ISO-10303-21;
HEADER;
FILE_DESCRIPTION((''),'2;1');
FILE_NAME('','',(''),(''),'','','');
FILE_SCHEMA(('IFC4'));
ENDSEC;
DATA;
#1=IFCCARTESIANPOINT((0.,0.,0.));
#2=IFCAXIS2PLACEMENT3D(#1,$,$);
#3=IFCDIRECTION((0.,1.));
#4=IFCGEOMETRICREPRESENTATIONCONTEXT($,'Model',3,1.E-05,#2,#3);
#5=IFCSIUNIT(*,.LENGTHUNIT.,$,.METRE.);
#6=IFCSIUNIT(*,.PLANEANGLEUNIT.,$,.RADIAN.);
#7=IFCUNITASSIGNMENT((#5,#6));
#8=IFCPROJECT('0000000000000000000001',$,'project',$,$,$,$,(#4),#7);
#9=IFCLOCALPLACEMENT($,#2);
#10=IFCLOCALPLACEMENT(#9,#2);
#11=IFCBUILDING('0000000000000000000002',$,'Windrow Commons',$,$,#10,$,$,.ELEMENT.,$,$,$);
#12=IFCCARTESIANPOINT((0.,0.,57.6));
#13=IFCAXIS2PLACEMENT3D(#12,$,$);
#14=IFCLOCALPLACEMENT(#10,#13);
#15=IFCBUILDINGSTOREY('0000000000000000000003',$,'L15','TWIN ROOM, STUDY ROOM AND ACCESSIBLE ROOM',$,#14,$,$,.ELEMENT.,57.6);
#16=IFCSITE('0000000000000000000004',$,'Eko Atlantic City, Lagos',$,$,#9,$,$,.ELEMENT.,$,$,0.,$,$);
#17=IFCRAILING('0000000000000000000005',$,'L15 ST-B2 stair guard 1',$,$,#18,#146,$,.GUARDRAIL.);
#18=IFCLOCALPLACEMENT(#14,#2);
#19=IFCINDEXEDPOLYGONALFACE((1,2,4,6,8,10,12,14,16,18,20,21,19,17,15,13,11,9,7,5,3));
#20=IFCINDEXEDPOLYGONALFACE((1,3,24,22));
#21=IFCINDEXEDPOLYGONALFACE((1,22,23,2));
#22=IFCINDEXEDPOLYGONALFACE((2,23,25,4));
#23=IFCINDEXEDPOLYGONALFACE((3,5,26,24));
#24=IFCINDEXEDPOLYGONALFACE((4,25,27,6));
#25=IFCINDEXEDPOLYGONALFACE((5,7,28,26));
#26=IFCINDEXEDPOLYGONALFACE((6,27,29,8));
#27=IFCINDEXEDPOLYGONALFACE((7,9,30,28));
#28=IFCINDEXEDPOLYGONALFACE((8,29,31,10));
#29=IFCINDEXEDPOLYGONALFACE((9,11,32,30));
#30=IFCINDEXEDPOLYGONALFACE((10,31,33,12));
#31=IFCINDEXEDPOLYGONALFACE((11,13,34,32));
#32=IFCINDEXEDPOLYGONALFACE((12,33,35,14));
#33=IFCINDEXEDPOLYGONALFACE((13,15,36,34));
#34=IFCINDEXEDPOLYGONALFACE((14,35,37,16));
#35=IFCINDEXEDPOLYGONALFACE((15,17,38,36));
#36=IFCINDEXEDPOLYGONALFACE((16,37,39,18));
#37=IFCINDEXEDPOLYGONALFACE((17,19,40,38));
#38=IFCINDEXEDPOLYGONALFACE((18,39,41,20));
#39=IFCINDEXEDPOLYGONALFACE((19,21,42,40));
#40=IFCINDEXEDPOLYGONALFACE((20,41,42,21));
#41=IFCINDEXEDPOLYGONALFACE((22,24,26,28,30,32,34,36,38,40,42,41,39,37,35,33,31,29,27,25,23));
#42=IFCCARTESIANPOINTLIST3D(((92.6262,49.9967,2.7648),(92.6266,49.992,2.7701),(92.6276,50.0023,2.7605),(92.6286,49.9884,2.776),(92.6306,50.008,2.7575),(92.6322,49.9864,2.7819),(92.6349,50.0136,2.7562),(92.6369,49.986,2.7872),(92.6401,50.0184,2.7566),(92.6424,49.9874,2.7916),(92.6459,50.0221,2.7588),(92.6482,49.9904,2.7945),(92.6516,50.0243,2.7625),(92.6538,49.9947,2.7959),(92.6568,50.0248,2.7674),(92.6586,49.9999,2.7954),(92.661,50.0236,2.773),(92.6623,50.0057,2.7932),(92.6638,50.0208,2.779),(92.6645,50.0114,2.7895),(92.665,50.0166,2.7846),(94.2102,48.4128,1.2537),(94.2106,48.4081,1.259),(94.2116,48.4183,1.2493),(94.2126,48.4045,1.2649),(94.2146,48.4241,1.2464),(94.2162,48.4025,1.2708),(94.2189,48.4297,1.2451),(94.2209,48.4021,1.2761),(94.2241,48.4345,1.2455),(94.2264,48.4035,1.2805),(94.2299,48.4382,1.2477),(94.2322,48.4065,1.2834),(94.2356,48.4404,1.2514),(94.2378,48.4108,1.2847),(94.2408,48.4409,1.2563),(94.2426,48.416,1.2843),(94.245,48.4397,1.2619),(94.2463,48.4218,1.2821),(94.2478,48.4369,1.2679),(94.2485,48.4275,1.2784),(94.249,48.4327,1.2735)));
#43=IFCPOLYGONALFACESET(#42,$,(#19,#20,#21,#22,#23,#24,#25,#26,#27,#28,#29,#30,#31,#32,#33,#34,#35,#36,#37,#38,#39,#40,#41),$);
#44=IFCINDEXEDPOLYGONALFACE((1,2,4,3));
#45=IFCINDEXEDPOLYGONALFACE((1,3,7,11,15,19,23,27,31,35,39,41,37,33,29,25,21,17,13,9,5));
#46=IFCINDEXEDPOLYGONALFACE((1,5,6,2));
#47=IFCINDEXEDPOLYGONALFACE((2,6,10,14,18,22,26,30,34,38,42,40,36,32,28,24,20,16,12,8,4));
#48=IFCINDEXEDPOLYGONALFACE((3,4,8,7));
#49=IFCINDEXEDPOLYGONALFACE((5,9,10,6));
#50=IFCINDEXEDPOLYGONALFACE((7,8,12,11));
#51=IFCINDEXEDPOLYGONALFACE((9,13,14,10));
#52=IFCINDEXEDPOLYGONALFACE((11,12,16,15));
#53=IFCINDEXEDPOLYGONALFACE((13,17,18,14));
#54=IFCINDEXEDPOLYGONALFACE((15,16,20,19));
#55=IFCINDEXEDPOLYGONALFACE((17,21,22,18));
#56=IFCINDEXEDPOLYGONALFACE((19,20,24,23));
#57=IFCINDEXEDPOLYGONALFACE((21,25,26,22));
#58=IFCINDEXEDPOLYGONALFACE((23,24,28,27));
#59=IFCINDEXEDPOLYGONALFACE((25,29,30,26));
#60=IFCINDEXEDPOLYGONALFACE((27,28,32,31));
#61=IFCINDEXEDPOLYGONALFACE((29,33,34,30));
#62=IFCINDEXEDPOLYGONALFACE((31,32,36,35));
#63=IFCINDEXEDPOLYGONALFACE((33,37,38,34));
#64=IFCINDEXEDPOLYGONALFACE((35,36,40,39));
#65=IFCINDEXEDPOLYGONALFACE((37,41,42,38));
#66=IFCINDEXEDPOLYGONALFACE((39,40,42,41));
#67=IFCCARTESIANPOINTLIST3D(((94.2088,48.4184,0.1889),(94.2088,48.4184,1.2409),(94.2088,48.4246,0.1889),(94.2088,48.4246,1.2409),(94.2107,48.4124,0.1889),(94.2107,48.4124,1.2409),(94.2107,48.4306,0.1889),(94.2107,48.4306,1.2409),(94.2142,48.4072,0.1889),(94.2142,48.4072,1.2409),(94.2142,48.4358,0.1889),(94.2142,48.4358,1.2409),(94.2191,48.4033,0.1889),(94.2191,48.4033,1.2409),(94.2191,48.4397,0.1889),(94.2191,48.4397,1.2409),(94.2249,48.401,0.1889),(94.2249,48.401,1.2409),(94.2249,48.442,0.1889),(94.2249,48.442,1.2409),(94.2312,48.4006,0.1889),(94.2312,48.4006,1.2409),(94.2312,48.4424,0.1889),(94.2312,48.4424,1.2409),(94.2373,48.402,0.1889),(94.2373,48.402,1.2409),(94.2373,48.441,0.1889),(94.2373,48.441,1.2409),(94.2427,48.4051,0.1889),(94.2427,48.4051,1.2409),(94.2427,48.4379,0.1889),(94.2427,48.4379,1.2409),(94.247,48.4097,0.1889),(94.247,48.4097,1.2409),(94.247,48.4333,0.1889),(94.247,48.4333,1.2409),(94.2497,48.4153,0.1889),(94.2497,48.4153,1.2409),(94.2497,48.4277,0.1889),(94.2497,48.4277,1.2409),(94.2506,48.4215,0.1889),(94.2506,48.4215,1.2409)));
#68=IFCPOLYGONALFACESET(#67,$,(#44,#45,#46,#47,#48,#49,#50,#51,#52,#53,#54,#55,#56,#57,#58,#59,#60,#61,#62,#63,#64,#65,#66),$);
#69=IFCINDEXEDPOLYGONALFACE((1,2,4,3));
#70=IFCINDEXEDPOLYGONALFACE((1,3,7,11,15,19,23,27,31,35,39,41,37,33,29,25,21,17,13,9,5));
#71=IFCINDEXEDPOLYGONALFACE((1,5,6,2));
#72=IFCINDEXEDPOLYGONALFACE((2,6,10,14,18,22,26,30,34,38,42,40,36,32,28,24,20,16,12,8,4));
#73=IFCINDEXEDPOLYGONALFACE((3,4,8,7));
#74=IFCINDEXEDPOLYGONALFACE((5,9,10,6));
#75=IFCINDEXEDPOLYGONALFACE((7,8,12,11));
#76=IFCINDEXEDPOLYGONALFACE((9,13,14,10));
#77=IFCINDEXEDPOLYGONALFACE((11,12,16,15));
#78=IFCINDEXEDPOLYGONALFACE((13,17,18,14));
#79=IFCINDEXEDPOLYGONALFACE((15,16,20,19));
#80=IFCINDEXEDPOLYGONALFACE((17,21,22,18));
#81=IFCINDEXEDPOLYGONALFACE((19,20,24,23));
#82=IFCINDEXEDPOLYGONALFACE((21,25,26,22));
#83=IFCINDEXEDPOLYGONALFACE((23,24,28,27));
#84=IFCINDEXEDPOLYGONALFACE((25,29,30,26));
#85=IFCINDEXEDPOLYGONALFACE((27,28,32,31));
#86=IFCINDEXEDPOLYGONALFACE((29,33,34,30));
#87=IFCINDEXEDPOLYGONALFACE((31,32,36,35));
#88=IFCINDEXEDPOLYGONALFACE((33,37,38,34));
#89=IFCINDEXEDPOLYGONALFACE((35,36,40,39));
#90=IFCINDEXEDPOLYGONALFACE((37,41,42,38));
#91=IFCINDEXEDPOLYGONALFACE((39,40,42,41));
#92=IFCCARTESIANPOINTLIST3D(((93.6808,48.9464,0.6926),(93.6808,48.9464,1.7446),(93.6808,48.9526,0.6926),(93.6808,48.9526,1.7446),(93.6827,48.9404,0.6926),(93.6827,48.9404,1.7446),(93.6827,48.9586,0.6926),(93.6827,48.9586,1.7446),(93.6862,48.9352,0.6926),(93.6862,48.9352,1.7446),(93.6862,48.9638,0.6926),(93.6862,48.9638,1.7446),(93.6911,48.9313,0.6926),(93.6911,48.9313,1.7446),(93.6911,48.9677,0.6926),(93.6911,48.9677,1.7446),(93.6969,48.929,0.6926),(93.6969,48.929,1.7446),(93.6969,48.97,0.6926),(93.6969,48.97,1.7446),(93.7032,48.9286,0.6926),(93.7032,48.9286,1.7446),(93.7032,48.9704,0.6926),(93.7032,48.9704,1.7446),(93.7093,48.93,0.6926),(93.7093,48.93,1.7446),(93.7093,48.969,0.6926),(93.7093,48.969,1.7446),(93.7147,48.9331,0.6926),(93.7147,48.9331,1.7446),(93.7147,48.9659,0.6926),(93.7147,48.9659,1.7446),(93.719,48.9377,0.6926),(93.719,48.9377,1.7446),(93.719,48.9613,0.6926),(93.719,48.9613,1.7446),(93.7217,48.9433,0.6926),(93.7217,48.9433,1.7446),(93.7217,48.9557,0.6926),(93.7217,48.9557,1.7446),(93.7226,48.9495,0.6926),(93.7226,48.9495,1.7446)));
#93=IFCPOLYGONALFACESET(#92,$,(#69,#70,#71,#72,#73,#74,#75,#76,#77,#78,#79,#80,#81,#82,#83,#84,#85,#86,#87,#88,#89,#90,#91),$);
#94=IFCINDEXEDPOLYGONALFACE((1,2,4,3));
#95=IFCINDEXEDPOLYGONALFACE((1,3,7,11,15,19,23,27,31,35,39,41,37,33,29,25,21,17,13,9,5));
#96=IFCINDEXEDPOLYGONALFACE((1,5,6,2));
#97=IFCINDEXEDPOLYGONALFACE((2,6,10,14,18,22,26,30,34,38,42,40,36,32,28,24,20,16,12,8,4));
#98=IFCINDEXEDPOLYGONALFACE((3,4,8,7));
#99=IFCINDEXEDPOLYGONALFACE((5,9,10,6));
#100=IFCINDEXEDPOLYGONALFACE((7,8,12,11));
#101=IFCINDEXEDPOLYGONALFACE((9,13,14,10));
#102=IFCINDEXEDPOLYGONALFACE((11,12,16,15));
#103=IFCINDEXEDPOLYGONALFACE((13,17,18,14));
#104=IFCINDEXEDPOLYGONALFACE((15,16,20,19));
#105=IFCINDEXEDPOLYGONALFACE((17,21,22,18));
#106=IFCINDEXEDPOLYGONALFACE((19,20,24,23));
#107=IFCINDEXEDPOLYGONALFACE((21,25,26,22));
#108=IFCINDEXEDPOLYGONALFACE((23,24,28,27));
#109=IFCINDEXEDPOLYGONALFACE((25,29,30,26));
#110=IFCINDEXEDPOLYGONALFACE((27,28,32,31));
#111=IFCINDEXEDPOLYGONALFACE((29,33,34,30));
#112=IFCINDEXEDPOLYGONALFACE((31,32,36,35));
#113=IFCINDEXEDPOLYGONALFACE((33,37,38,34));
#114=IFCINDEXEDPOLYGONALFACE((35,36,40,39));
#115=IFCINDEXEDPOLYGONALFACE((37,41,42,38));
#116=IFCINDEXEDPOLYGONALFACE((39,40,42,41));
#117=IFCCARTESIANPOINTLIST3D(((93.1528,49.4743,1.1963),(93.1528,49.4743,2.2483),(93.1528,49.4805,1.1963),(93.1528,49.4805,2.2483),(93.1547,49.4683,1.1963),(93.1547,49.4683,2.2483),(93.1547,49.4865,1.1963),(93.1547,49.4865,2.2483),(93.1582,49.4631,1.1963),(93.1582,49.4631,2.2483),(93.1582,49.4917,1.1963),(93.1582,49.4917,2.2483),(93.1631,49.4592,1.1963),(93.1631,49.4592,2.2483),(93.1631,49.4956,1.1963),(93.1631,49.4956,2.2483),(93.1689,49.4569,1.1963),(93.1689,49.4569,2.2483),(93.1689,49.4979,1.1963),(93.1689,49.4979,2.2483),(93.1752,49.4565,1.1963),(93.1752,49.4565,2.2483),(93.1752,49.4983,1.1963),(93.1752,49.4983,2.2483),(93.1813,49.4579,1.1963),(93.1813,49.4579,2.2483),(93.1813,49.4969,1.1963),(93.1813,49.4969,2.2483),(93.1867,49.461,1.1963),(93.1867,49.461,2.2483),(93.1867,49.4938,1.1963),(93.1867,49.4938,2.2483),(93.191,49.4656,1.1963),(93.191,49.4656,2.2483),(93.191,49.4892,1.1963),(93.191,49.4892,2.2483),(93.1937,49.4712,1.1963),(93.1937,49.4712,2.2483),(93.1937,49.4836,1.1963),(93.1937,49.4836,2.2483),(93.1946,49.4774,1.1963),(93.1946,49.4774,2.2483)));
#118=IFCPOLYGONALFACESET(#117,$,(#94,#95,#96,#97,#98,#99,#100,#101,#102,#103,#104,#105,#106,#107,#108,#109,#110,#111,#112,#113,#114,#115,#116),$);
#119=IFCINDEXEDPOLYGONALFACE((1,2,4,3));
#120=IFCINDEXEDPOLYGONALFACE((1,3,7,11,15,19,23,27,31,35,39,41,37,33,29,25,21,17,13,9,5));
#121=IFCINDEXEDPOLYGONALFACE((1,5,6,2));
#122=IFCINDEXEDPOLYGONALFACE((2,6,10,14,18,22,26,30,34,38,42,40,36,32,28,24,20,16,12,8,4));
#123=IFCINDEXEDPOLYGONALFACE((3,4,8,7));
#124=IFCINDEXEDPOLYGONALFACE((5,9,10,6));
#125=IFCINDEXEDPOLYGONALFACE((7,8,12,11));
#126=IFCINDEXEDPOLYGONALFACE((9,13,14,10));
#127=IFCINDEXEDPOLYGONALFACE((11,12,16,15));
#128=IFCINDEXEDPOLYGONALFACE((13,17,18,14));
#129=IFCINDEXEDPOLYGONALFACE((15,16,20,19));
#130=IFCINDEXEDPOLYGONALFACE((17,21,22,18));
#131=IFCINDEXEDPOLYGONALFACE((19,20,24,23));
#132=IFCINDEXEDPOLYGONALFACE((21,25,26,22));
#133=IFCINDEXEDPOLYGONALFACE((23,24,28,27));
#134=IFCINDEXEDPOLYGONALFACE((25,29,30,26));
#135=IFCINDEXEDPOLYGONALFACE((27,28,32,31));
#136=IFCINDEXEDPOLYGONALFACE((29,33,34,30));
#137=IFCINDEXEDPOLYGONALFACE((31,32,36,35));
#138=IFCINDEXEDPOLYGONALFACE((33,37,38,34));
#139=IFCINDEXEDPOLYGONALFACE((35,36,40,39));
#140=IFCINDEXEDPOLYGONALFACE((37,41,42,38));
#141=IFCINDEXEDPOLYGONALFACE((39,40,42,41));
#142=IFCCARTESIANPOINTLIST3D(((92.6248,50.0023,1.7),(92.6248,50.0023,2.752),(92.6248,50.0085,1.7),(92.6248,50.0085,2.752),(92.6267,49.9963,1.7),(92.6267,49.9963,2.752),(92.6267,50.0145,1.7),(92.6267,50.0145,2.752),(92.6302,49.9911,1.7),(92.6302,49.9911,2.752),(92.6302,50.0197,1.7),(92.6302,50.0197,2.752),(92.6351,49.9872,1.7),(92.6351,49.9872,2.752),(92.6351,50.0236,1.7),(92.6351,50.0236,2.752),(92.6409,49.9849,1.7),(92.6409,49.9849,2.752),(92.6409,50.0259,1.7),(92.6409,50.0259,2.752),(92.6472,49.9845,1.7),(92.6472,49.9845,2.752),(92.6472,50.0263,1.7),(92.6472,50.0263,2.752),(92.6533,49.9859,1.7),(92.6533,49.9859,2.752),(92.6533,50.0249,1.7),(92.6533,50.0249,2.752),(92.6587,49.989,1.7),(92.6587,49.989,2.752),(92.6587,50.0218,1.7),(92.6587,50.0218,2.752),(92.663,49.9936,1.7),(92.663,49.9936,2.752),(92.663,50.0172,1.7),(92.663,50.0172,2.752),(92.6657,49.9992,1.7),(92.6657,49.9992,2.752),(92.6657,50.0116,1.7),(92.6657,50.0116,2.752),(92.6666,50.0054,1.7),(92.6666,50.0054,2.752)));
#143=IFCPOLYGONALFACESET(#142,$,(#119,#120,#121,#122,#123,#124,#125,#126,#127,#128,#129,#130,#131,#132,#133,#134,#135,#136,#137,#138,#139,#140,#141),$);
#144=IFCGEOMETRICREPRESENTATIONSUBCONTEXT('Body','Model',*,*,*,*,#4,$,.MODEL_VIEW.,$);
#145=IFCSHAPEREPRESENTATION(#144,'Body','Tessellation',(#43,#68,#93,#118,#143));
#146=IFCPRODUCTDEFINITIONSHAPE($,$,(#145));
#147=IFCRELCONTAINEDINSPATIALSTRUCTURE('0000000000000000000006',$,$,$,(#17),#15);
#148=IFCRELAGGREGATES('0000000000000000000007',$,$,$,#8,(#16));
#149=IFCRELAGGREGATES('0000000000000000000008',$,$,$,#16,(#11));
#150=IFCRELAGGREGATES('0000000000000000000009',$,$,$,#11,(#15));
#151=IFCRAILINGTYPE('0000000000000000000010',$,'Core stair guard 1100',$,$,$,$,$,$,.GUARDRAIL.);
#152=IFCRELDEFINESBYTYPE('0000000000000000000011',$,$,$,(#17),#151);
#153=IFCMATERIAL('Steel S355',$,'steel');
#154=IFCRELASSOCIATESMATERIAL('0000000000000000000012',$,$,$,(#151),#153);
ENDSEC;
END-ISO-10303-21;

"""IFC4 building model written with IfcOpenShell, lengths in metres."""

from ifc_helpers import new_model, si_unit, direction, frame, origin, origin_2d, place, context, subcontext, project, spatial, circle, extrude, material, type_object, element, save


model = new_model("IFC4")

# Units and contexts
model_context = context("Model", 3, precision=1e-05, world=origin(), true_north=direction((0.0, 1.0)))
body_context = subcontext(model_context, "Body", "Model", "MODEL_VIEW")
ifc_project = project(units=[si_unit("LENGTHUNIT", "METRE"), si_unit("PLANEANGLEUNIT", "RADIAN")], contexts=[model_context])

# Site, building, storey
site_placement = place(None, origin())
site = spatial("IfcSite", under=ifc_project, at=site_placement, Name="Eko Atlantic City, Lagos", CompositionType="ELEMENT", RefElevation=0.0)
building_placement = place(site_placement, origin())
building = spatial("IfcBuilding", under=site, at=building_placement, Name="Windrow Commons", CompositionType="ELEMENT")
storey_placement = place(building_placement, frame((0.0, 0.0, 57.6)))
storey = spatial("IfcBuildingStorey", under=building, at=storey_placement, Name="L15", Description="TWIN ROOM, STUDY ROOM AND ACCESSIBLE ROOM", CompositionType="ELEMENT", Elevation=57.6)

# Railing
ifc_material_1 = material(Name="Steel S355", Category="steel")
railing_type = type_object("IfcRailingType", Name="Core stair guard 1100", PredefinedType="GUARDRAIL", material=ifc_material_1)
railing_placement = place(storey_placement, frame((94.2296, 48.4215, 0.1889)))
element("IfcRailing", 1, at=railing_placement, inside=storey, type_object=railing_type, Name="L15 ST-B2 stair guard 1", PredefinedType="GUARDRAIL", context=body_context, shape_type="SweptSolid", body=[
    extrude(circle(Radius=0.024, at=origin_2d()), frame((0.0, 0.0, 1.076), z_axis=(-0.586216, 0.586179, 0.559237), x_axis=(-0.707084, -0.707129, 0.0)), (0.0, 0.0, 1.0), 2.7021),
    extrude(circle(Radius=0.021, at=origin_2d()), origin(), (0.0, 0.0, 1.0), 1.052),
    extrude(circle(Radius=0.021, at=origin_2d()), frame((-0.528, 0.528, 0.5037)), (0.0, 0.0, 1.0), 1.052),
    extrude(circle(Radius=0.021, at=origin_2d()), frame((-1.056, 1.0559, 1.0074)), (0.0, 0.0, 1.0), 1.052),
    extrude(circle(Radius=0.021, at=origin_2d()), frame((-1.584, 1.5839, 1.5111)), (0.0, 0.0, 1.0), 1.052),
])

save(model, "model.ifc")
